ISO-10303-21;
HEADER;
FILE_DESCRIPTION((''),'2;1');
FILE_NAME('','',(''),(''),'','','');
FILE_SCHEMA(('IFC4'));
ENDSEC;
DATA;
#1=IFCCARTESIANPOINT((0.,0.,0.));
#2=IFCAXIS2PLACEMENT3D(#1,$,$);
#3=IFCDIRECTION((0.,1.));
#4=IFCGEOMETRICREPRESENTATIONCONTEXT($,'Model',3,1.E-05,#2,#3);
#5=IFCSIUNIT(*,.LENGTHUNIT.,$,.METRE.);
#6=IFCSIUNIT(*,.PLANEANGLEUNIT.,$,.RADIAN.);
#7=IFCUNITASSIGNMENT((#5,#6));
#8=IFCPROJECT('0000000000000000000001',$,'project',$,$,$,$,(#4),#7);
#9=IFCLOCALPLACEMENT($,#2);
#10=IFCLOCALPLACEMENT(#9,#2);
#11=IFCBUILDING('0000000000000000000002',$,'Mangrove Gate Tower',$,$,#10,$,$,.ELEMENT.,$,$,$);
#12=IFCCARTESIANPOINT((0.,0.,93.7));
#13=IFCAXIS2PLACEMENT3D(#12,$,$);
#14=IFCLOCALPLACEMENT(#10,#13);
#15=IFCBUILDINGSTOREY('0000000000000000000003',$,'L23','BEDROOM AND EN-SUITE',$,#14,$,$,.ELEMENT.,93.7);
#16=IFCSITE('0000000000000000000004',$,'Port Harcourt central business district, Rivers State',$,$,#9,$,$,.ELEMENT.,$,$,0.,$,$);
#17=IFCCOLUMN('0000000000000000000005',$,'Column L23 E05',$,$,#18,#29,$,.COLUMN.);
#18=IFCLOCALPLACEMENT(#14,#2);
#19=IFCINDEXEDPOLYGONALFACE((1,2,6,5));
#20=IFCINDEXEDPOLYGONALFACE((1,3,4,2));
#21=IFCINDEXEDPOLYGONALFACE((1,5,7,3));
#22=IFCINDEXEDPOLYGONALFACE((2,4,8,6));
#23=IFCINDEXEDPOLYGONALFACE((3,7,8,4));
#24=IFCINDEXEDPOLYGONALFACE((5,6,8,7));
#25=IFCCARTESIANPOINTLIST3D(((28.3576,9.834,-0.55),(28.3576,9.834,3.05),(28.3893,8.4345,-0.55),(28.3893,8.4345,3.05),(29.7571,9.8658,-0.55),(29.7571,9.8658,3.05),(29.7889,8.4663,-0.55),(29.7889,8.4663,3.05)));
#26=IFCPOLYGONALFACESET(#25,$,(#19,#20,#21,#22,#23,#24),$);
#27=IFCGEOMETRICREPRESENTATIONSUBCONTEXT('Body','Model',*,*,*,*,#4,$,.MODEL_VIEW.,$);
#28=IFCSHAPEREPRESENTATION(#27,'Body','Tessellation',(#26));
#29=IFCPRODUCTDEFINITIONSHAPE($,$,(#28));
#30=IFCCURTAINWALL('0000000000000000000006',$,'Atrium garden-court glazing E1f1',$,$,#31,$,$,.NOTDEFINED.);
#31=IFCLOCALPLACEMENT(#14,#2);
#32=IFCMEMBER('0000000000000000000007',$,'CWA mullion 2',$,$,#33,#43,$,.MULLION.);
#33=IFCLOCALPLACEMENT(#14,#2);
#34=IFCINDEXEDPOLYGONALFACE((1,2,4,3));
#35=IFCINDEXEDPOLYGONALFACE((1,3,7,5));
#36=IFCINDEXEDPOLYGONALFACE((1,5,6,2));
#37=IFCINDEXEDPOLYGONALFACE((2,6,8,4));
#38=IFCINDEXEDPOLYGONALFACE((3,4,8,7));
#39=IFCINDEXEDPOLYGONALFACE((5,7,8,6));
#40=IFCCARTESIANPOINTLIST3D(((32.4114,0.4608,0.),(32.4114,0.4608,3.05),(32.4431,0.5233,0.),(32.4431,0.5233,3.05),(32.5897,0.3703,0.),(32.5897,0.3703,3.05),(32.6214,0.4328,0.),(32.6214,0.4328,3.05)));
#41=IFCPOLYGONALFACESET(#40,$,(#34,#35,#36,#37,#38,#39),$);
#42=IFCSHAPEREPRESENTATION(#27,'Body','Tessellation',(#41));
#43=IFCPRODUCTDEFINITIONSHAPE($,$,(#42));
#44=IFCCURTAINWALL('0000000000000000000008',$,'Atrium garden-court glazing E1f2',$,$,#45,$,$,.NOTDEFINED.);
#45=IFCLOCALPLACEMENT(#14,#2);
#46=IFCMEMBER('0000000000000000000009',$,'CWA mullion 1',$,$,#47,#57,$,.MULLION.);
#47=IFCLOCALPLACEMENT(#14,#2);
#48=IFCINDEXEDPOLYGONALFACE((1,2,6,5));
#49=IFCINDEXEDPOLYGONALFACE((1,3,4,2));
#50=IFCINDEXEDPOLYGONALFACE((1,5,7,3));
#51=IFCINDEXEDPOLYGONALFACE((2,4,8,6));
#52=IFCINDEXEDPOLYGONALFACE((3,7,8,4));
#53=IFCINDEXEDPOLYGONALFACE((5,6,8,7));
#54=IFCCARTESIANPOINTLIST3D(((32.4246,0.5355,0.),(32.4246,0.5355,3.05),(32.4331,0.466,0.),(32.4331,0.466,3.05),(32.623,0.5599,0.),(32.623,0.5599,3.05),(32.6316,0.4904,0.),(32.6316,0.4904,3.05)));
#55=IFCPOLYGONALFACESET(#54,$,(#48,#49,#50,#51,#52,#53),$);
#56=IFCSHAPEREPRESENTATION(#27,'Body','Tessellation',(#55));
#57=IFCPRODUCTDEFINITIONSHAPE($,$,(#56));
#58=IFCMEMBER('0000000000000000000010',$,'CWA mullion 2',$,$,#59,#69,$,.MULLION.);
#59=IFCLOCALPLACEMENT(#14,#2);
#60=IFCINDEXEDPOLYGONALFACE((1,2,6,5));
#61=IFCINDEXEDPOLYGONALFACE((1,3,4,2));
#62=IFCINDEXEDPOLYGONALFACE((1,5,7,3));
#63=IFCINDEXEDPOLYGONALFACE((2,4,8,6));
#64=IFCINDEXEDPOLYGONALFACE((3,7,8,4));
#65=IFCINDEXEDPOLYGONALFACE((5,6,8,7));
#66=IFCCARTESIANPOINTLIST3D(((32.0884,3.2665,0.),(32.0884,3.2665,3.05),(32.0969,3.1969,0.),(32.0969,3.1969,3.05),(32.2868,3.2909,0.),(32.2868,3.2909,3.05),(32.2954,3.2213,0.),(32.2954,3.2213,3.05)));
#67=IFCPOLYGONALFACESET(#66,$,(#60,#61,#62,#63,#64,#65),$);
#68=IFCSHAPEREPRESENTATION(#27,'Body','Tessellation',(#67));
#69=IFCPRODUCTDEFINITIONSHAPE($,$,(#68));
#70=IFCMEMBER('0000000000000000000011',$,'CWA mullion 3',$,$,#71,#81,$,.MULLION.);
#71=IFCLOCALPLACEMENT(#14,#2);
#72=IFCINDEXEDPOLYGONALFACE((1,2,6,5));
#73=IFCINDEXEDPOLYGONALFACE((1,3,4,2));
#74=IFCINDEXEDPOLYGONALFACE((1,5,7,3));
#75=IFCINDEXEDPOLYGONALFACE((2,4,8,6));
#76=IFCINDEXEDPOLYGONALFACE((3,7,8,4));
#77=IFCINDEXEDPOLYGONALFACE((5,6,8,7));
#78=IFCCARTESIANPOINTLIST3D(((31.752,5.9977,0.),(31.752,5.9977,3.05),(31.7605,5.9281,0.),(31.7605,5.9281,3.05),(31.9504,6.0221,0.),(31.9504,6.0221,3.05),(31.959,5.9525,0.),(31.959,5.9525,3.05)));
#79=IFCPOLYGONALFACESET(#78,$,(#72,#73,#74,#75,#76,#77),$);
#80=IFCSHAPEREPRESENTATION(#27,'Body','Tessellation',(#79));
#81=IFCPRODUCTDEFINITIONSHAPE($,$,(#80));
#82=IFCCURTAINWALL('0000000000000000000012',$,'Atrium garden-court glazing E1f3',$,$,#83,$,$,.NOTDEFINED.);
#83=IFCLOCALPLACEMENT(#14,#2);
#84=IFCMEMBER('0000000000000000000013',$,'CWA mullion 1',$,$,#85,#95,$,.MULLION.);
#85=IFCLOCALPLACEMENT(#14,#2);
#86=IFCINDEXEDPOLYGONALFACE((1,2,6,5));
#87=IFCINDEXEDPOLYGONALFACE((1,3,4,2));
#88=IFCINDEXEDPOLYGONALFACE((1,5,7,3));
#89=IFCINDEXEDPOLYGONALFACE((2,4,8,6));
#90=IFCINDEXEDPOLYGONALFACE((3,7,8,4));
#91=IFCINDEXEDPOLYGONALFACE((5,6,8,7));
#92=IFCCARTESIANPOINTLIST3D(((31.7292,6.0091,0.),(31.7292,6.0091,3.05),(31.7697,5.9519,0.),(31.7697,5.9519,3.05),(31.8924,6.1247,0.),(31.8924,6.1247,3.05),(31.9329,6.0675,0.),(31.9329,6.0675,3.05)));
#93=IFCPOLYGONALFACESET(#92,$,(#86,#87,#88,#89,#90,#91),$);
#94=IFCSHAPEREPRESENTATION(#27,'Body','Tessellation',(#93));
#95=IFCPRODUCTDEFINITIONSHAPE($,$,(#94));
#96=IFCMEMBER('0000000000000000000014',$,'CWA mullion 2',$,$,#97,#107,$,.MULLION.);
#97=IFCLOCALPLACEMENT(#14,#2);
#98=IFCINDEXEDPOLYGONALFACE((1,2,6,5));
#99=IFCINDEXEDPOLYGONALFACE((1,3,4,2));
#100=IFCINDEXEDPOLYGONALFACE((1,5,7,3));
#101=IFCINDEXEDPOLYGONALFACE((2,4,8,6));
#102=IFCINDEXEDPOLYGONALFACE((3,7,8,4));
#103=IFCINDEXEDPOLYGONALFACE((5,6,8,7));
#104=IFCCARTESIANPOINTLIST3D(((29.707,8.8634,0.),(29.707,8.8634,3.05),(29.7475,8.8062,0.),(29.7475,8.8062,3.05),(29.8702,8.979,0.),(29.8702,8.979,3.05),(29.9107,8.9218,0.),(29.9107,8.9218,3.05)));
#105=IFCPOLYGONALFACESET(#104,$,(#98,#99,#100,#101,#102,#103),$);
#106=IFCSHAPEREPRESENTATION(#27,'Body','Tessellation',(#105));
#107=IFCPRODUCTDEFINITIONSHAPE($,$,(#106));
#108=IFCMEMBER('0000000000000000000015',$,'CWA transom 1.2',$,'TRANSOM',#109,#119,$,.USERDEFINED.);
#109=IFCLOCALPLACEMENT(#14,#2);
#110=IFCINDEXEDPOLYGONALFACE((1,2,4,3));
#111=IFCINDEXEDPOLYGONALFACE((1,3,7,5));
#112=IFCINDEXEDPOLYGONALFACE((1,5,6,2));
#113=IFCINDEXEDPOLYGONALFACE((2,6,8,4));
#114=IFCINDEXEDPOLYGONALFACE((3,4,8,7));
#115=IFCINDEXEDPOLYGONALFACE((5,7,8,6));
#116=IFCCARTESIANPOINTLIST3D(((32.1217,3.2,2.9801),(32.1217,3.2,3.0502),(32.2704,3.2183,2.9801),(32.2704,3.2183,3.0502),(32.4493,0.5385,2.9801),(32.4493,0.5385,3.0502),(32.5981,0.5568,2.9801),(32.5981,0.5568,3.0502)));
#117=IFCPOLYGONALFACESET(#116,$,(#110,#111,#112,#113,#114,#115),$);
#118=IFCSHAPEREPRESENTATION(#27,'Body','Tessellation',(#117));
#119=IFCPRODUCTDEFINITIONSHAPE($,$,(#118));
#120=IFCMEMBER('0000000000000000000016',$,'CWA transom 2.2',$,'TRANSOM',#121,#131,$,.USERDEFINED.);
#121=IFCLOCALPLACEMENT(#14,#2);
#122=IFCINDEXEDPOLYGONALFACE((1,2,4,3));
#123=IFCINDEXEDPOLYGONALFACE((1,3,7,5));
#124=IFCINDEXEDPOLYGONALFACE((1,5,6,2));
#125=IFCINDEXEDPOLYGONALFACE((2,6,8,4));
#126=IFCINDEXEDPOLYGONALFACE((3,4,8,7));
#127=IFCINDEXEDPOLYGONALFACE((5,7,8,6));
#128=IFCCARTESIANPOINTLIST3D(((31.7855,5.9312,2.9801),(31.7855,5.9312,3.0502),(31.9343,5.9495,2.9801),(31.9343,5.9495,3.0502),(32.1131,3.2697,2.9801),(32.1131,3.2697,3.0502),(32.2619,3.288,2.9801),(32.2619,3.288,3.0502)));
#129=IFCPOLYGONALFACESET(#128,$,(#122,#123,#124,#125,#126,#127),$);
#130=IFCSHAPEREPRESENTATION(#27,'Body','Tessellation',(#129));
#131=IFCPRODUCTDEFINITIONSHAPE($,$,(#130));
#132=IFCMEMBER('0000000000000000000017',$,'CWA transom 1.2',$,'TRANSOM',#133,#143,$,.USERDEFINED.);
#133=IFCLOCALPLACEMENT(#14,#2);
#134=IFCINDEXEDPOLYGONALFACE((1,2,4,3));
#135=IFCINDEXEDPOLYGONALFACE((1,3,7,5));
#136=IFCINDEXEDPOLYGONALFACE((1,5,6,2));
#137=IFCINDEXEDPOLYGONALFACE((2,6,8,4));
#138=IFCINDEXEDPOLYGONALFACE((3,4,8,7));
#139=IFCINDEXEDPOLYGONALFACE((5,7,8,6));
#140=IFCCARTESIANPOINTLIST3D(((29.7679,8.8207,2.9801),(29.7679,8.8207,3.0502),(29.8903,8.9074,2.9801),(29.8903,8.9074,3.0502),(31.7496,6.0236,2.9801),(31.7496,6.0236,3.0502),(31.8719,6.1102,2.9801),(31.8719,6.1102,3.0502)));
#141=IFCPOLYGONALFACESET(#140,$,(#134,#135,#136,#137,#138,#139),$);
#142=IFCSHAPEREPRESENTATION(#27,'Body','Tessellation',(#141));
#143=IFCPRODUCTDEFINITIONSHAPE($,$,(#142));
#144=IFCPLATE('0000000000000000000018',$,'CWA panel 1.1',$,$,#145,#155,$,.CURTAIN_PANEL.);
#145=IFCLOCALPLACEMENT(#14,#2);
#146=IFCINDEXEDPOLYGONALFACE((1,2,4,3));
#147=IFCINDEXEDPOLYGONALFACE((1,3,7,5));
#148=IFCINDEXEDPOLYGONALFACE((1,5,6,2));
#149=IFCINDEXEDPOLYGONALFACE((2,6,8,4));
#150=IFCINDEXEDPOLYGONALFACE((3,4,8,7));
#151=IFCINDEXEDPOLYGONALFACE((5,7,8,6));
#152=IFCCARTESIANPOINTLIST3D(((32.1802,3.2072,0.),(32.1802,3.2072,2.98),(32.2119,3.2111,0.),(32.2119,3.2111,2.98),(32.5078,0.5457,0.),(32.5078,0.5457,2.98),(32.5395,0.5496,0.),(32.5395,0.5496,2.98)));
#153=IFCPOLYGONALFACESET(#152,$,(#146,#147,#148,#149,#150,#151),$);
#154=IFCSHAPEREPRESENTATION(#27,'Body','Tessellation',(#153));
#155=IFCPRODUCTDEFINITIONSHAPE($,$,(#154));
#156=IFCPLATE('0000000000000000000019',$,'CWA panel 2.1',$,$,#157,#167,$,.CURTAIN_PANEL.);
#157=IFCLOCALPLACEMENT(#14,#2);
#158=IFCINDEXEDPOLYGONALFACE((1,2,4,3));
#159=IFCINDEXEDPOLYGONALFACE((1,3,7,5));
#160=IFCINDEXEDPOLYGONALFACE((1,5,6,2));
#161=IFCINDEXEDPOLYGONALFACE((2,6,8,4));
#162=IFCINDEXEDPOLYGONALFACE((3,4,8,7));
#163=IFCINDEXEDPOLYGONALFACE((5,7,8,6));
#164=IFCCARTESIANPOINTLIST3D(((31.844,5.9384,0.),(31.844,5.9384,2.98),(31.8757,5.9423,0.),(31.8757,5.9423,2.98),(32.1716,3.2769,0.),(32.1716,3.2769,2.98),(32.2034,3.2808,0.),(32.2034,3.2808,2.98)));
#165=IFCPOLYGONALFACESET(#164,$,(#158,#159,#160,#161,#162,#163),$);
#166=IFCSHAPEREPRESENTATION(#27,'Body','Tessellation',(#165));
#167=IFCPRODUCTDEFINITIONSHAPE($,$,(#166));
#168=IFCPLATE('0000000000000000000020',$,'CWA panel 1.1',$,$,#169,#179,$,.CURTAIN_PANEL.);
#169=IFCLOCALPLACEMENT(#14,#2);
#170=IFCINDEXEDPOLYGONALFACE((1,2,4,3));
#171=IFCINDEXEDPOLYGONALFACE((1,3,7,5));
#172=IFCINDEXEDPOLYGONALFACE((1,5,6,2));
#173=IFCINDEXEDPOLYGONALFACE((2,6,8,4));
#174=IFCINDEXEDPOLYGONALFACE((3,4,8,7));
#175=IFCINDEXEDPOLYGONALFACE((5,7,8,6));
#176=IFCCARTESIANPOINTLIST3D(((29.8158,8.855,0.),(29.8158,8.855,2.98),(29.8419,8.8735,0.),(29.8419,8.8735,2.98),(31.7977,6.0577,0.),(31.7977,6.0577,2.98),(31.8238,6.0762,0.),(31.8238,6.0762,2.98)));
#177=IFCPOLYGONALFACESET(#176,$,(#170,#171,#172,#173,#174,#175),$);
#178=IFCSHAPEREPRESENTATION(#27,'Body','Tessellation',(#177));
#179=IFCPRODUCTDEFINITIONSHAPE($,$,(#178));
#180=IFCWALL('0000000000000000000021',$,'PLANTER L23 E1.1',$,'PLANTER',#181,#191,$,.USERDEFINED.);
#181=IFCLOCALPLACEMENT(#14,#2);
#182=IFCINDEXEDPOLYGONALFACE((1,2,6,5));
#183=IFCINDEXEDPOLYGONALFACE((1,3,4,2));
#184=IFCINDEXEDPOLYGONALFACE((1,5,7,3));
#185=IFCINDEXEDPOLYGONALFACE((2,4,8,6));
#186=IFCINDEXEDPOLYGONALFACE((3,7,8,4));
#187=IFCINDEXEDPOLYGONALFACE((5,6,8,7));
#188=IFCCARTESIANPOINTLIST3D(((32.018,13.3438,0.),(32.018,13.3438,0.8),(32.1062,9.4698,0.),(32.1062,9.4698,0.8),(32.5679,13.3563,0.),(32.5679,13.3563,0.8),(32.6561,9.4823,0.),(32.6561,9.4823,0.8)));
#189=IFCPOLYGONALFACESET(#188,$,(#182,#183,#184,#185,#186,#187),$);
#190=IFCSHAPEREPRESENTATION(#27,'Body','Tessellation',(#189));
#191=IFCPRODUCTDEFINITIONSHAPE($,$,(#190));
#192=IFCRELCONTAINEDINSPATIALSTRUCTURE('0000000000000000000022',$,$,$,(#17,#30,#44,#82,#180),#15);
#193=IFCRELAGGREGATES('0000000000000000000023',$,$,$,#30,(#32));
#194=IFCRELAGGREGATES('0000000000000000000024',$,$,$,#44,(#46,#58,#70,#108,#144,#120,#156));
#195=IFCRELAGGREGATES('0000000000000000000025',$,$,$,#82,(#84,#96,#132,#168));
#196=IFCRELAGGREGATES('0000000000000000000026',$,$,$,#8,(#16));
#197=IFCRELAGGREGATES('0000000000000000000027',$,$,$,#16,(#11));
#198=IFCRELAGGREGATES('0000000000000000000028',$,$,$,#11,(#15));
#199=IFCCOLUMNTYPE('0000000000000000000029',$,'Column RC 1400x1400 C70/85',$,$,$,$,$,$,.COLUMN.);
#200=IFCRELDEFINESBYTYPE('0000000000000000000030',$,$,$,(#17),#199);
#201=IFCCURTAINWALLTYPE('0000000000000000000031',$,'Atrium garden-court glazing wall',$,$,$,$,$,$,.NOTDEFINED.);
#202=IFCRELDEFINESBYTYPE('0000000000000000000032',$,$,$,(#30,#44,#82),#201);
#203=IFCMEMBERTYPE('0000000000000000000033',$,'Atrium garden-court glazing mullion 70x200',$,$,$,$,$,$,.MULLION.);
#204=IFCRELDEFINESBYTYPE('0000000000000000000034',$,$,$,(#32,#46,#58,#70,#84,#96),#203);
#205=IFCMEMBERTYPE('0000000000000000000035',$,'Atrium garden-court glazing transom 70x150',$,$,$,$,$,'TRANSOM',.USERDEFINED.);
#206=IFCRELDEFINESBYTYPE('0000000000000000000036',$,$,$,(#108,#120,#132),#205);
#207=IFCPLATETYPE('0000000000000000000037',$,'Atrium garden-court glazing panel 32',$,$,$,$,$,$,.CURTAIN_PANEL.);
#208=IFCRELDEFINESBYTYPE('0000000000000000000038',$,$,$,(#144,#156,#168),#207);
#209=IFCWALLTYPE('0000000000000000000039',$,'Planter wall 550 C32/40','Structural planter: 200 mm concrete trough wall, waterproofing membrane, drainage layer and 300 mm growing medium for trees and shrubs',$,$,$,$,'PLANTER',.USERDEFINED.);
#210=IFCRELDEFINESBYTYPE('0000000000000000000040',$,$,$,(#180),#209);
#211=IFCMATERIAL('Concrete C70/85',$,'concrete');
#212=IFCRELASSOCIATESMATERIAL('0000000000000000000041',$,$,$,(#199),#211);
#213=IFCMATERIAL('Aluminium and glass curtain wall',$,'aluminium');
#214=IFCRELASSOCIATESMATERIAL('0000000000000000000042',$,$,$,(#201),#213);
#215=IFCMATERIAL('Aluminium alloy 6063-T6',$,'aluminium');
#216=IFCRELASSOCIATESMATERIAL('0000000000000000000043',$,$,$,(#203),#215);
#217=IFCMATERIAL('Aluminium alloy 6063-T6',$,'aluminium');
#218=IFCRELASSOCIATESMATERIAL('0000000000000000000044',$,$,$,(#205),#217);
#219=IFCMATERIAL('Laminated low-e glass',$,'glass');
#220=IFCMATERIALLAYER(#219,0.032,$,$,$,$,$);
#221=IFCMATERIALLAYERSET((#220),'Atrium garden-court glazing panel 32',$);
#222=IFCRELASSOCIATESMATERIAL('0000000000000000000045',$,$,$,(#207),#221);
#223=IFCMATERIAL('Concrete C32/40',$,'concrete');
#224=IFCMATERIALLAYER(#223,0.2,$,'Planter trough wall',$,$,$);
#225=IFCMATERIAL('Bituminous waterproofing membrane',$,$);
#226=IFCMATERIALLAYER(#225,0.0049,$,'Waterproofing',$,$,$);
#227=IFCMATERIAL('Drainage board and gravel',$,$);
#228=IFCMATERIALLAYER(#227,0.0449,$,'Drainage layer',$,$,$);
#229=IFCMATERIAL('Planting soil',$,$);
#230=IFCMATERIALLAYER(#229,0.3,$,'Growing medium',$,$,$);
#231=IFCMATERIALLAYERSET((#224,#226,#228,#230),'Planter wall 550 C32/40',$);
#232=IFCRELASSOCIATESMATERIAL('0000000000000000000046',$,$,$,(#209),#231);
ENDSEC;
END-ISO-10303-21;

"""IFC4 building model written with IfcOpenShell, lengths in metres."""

from ifc_helpers import new_model, si_unit, direction, frame, frame_2d, origin, origin_2d, place, context, subcontext, project, spatial, rectangle, extrude, material, layer, layer_set, material_profile, profile_set, type_object, element, aggregate, save


model = new_model("IFC4")

# Units and contexts
model_context = context("Model", 3, precision=1e-05, world=origin(), true_north=direction((0.0, 1.0)))
body_context = subcontext(model_context, "Body", "Model", "MODEL_VIEW")
ifc_project = project(units=[si_unit("LENGTHUNIT", "METRE"), si_unit("PLANEANGLEUNIT", "RADIAN")], contexts=[model_context])

# Site, building, storey
site_placement = place(None, origin())
site = spatial("IfcSite", under=ifc_project, at=site_placement, Name="Port Harcourt central business district, Rivers State", CompositionType="ELEMENT", RefElevation=0.0)
building_placement = place(site_placement, origin())
building = spatial("IfcBuilding", under=site, at=building_placement, Name="Mangrove Gate Tower", CompositionType="ELEMENT")
storey_placement = place(building_placement, frame((0.0, 0.0, 93.7)))
storey = spatial("IfcBuildingStorey", under=building, at=storey_placement, Name="L23", Description="BEDROOM AND EN-SUITE", CompositionType="ELEMENT", Elevation=93.7)

# Column
ifc_material_1 = material(Name="Concrete C70/85", Category="concrete")
ifc_material_profile_1 = material_profile(ifc_material_1, rectangle(XDim=1.3999, YDim=1.3999, at=origin_2d()))
ifc_profile_set_1 = profile_set([ifc_material_profile_1], Name="Concrete C70/85")
column_type = type_object("IfcColumnType", Name="Column RC 1400x1400 C70/85", PredefinedType="COLUMN", material=ifc_profile_set_1)
column_placement = place(storey_placement, frame((29.0732, 9.1501, -0.55), z_axis=(0.0, 0.0, 1.0), x_axis=(-0.022684, 0.999743, 0.0)))
element("IfcColumn", 1, at=column_placement, inside=storey, type_object=column_type, Name="Column L23 E05", PredefinedType="COLUMN", context=body_context, shape_type="SweptSolid", body=[
    extrude(rectangle(XDim=1.3999, YDim=1.3999, at=origin_2d()), origin(), (0.0, 0.0, 1.0), 3.6001),
])

# Curtain wall, member
ifc_material_2 = material(Name="Aluminium and glass curtain wall", Category="aluminium")
curtain_wall_type = type_object("IfcCurtainWallType", Name="Atrium garden-court glazing wall", PredefinedType="NOTDEFINED", material=ifc_material_2)
curtain_wall_1_placement = place(storey_placement, origin())
curtain_wall_1 = element("IfcCurtainWall", 2, at=curtain_wall_1_placement, inside=storey, type_object=curtain_wall_type, Name="Atrium garden-court glazing E1f1", PredefinedType="NOTDEFINED")
ifc_material_3 = material(Name="Aluminium alloy 6063-T6", Category="aluminium")
ifc_material_profile_2 = material_profile(ifc_material_3, rectangle(XDim=0.0701, YDim=0.2, at=origin_2d()))
ifc_profile_set_2 = profile_set([ifc_material_profile_2], Name="Aluminium alloy 6063-T6")
member_type_1 = type_object("IfcMemberType", Name="Atrium garden-court glazing mullion 70x200", PredefinedType="MULLION", material=ifc_profile_set_2)
member_1_placement = place(storey_placement, frame((32.5164, 0.4468, 0.0), z_axis=(0.0, 0.0, 1.0), x_axis=(0.452581, 0.891723, 0.0)))
member_1 = element("IfcMember", 3, at=member_1_placement, type_object=member_type_1, Name="CWA mullion 2", PredefinedType="MULLION", context=body_context, shape_type="SweptSolid", body=[
    extrude(rectangle(XDim=0.0701, YDim=0.2, at=origin_2d()), origin(), (0.0, 0.0, 1.0), 3.05),
])
aggregate(curtain_wall_1, [member_1])

# Curtain walls, members
curtain_wall_2_placement = place(storey_placement, origin())
curtain_wall_2 = element("IfcCurtainWall", 4, at=curtain_wall_2_placement, inside=storey, type_object=curtain_wall_type, Name="Atrium garden-court glazing E1f2", PredefinedType="NOTDEFINED")
member_2_placement = place(storey_placement, frame((32.5281, 0.5129, 0.0), z_axis=(0.0, 0.0, 1.0), x_axis=(-0.122172, 0.992509, 0.0)))
member_2 = element("IfcMember", 5, at=member_2_placement, type_object=member_type_1, Name="CWA mullion 1", PredefinedType="MULLION", context=body_context, shape_type="SweptSolid", body=[
    extrude(rectangle(XDim=0.0701, YDim=0.2, at=origin_2d()), origin(), (0.0, 0.0, 1.0), 3.05),
])
member_3_placement = place(storey_placement, frame((32.1919, 3.2439, 0.0), z_axis=(0.0, 0.0, 1.0), x_axis=(-0.122172, 0.992509, 0.0)))
member_3 = element("IfcMember", 6, at=member_3_placement, type_object=member_type_1, Name="CWA mullion 2", PredefinedType="MULLION", context=body_context, shape_type="SweptSolid", body=[
    extrude(rectangle(XDim=0.0701, YDim=0.2, at=origin_2d()), origin(), (0.0, 0.0, 1.0), 3.05),
])
member_4_placement = place(storey_placement, frame((31.8555, 5.9751, 0.0), z_axis=(0.0, 0.0, 1.0), x_axis=(-0.122172, 0.992509, 0.0)))
member_4 = element("IfcMember", 7, at=member_4_placement, type_object=member_type_1, Name="CWA mullion 3", PredefinedType="MULLION", context=body_context, shape_type="SweptSolid", body=[
    extrude(rectangle(XDim=0.0701, YDim=0.2, at=origin_2d()), origin(), (0.0, 0.0, 1.0), 3.05),
])
curtain_wall_3_placement = place(storey_placement, origin())
curtain_wall_3 = element("IfcCurtainWall", 8, at=curtain_wall_3_placement, inside=storey, type_object=curtain_wall_type, Name="Atrium garden-court glazing E1f3", PredefinedType="NOTDEFINED")
member_5_placement = place(storey_placement, frame((31.8311, 6.0383, 0.0), z_axis=(0.0, 0.0, 1.0), x_axis=(-0.578109, 0.815959, 0.0)))
member_5 = element("IfcMember", 9, at=member_5_placement, type_object=member_type_1, Name="CWA mullion 1", PredefinedType="MULLION", context=body_context, shape_type="SweptSolid", body=[
    extrude(rectangle(XDim=0.0701, YDim=0.2, at=origin_2d()), origin(), (0.0, 0.0, 1.0), 3.05),
])
member_6_placement = place(storey_placement, frame((29.8088, 8.8926, 0.0), z_axis=(0.0, 0.0, 1.0), x_axis=(-0.578109, 0.815959, 0.0)))
member_6 = element("IfcMember", 10, at=member_6_placement, type_object=member_type_1, Name="CWA mullion 2", PredefinedType="MULLION", context=body_context, shape_type="SweptSolid", body=[
    extrude(rectangle(XDim=0.0701, YDim=0.2, at=origin_2d()), origin(), (0.0, 0.0, 1.0), 3.05),
])

# Members
ifc_material_4 = material(Name="Aluminium alloy 6063-T6", Category="aluminium")
ifc_material_profile_3 = material_profile(ifc_material_4, rectangle(XDim=0.0701, YDim=0.1499, at=origin_2d()))
ifc_profile_set_3 = profile_set([ifc_material_profile_3], Name="Aluminium alloy 6063-T6")
member_type_2 = type_object("IfcMemberType", Name="Atrium garden-court glazing transom 70x150", ElementType="TRANSOM", PredefinedType="USERDEFINED", material=ifc_profile_set_3)
member_7_placement = place(storey_placement, frame((32.5237, 0.5476, 3.0151), z_axis=(-0.122175, 0.992509, 0.0), x_axis=(0.0, 0.0, 1.0)))
member_7 = element("IfcMember", 11, at=member_7_placement, type_object=member_type_2, Name="CWA transom 1.2", ObjectType="TRANSOM", PredefinedType="USERDEFINED", context=body_context, shape_type="SweptSolid", body=[
    extrude(rectangle(XDim=0.0701, YDim=0.1499, at=origin_2d()), origin(), (0.0, 0.0, 1.0), 2.6816),
])
member_8_placement = place(storey_placement, frame((32.1875, 3.2788, 3.0151), z_axis=(-0.122175, 0.992509, 0.0), x_axis=(0.0, 0.0, 1.0)))
member_8 = element("IfcMember", 12, at=member_8_placement, type_object=member_type_2, Name="CWA transom 2.2", ObjectType="TRANSOM", PredefinedType="USERDEFINED", context=body_context, shape_type="SweptSolid", body=[
    extrude(rectangle(XDim=0.0701, YDim=0.1499, at=origin_2d()), origin(), (0.0, 0.0, 1.0), 2.6816),
])
member_9_placement = place(storey_placement, frame((31.8108, 6.0669, 3.0151), z_axis=(-0.578094, 0.81597, 0.0), x_axis=(0.0, 0.0, 1.0)))
member_9 = element("IfcMember", 13, at=member_9_placement, type_object=member_type_2, Name="CWA transom 1.2", ObjectType="TRANSOM", PredefinedType="USERDEFINED", context=body_context, shape_type="SweptSolid", body=[
    extrude(rectangle(XDim=0.0701, YDim=0.1499, at=origin_2d()), origin(), (0.0, 0.0, 1.0), 3.428),
])

# Plates
ifc_material_5 = material(Name="Laminated low-e glass", Category="glass")
ifc_layer_1 = layer(ifc_material_5, 0.032)
ifc_layer_set_1 = layer_set([ifc_layer_1], Name="Atrium garden-court glazing panel 32")
plate_type = type_object("IfcPlateType", Name="Atrium garden-court glazing panel 32", PredefinedType="CURTAIN_PANEL", material=ifc_layer_set_1)
plate_1_placement = place(storey_placement, frame((32.3599, 1.8784, 0.0), z_axis=(0.0, 0.0, 1.0), x_axis=(-0.122172, 0.992509, 0.0)))
plate_1 = element("IfcPlate", 14, at=plate_1_placement, type_object=plate_type, Name="CWA panel 1.1", PredefinedType="CURTAIN_PANEL", context=body_context, shape_type="SweptSolid", body=[
    extrude(rectangle(XDim=2.6816, YDim=0.032, at=origin_2d()), origin(), (0.0, 0.0, 1.0), 2.98),
])
plate_2_placement = place(storey_placement, frame((32.0237, 4.6096, 0.0), z_axis=(0.0, 0.0, 1.0), x_axis=(-0.122172, 0.992509, 0.0)))
plate_2 = element("IfcPlate", 15, at=plate_2_placement, type_object=plate_type, Name="CWA panel 2.1", PredefinedType="CURTAIN_PANEL", context=body_context, shape_type="SweptSolid", body=[
    extrude(rectangle(XDim=2.6816, YDim=0.032, at=origin_2d()), origin(), (0.0, 0.0, 1.0), 2.98),
])
aggregate(curtain_wall_2, [member_2, member_3, member_4, member_7, plate_1, member_8, plate_2])
plate_3_placement = place(storey_placement, frame((30.8198, 7.4656, 0.0), z_axis=(0.0, 0.0, 1.0), x_axis=(-0.578109, 0.815959, 0.0)))
plate_3 = element("IfcPlate", 16, at=plate_3_placement, type_object=plate_type, Name="CWA panel 1.1", PredefinedType="CURTAIN_PANEL", context=body_context, shape_type="SweptSolid", body=[
    extrude(rectangle(XDim=3.4282, YDim=0.032, at=origin_2d()), origin(), (0.0, 0.0, 1.0), 2.98),
])
aggregate(curtain_wall_3, [member_5, member_6, member_9, plate_3])

# Wall
ifc_material_6 = material(Name="Concrete C32/40", Category="concrete")
ifc_layer_2 = layer(ifc_material_6, 0.2, Name="Planter trough wall")
ifc_material_7 = material(Name="Bituminous waterproofing membrane")
ifc_layer_3 = layer(ifc_material_7, 0.0049, Name="Waterproofing")
ifc_material_8 = material(Name="Drainage board and gravel")
ifc_layer_4 = layer(ifc_material_8, 0.0449, Name="Drainage layer")
ifc_material_9 = material(Name="Planting soil")
ifc_layer_5 = layer(ifc_material_9, 0.3, Name="Growing medium")
ifc_layer_set_2 = layer_set([ifc_layer_2, ifc_layer_3, ifc_layer_4, ifc_layer_5], Name="Planter wall 550 C32/40")
wall_type_1 = type_object("IfcWallType", Name="Planter wall 550 C32/40", Description="Structural planter: 200 mm concrete trough wall, waterproofing membrane, drainage layer and 300 mm growing medium for trees and shrubs", ElementType="PLANTER", PredefinedType="USERDEFINED", material=ifc_layer_set_2)
wall_1_placement = place(storey_placement, frame((32.3811, 9.4761, 0.0), z_axis=(0.0, 0.0, 1.0), x_axis=(-0.022744, 0.999741, 0.0)))
element("IfcWall", 17, at=wall_1_placement, inside=storey, type_object=wall_type_1, Name="PLANTER L23 E1.1", ObjectType="PLANTER", PredefinedType="USERDEFINED", context=body_context, shape_type="SweptSolid", body=[
    extrude(rectangle(XDim=3.875, YDim=0.55, at=frame_2d((1.9375, 0.0))), origin(), (0.0, 0.0, 1.0), 0.8),
])

save(model, "model.ifc")
